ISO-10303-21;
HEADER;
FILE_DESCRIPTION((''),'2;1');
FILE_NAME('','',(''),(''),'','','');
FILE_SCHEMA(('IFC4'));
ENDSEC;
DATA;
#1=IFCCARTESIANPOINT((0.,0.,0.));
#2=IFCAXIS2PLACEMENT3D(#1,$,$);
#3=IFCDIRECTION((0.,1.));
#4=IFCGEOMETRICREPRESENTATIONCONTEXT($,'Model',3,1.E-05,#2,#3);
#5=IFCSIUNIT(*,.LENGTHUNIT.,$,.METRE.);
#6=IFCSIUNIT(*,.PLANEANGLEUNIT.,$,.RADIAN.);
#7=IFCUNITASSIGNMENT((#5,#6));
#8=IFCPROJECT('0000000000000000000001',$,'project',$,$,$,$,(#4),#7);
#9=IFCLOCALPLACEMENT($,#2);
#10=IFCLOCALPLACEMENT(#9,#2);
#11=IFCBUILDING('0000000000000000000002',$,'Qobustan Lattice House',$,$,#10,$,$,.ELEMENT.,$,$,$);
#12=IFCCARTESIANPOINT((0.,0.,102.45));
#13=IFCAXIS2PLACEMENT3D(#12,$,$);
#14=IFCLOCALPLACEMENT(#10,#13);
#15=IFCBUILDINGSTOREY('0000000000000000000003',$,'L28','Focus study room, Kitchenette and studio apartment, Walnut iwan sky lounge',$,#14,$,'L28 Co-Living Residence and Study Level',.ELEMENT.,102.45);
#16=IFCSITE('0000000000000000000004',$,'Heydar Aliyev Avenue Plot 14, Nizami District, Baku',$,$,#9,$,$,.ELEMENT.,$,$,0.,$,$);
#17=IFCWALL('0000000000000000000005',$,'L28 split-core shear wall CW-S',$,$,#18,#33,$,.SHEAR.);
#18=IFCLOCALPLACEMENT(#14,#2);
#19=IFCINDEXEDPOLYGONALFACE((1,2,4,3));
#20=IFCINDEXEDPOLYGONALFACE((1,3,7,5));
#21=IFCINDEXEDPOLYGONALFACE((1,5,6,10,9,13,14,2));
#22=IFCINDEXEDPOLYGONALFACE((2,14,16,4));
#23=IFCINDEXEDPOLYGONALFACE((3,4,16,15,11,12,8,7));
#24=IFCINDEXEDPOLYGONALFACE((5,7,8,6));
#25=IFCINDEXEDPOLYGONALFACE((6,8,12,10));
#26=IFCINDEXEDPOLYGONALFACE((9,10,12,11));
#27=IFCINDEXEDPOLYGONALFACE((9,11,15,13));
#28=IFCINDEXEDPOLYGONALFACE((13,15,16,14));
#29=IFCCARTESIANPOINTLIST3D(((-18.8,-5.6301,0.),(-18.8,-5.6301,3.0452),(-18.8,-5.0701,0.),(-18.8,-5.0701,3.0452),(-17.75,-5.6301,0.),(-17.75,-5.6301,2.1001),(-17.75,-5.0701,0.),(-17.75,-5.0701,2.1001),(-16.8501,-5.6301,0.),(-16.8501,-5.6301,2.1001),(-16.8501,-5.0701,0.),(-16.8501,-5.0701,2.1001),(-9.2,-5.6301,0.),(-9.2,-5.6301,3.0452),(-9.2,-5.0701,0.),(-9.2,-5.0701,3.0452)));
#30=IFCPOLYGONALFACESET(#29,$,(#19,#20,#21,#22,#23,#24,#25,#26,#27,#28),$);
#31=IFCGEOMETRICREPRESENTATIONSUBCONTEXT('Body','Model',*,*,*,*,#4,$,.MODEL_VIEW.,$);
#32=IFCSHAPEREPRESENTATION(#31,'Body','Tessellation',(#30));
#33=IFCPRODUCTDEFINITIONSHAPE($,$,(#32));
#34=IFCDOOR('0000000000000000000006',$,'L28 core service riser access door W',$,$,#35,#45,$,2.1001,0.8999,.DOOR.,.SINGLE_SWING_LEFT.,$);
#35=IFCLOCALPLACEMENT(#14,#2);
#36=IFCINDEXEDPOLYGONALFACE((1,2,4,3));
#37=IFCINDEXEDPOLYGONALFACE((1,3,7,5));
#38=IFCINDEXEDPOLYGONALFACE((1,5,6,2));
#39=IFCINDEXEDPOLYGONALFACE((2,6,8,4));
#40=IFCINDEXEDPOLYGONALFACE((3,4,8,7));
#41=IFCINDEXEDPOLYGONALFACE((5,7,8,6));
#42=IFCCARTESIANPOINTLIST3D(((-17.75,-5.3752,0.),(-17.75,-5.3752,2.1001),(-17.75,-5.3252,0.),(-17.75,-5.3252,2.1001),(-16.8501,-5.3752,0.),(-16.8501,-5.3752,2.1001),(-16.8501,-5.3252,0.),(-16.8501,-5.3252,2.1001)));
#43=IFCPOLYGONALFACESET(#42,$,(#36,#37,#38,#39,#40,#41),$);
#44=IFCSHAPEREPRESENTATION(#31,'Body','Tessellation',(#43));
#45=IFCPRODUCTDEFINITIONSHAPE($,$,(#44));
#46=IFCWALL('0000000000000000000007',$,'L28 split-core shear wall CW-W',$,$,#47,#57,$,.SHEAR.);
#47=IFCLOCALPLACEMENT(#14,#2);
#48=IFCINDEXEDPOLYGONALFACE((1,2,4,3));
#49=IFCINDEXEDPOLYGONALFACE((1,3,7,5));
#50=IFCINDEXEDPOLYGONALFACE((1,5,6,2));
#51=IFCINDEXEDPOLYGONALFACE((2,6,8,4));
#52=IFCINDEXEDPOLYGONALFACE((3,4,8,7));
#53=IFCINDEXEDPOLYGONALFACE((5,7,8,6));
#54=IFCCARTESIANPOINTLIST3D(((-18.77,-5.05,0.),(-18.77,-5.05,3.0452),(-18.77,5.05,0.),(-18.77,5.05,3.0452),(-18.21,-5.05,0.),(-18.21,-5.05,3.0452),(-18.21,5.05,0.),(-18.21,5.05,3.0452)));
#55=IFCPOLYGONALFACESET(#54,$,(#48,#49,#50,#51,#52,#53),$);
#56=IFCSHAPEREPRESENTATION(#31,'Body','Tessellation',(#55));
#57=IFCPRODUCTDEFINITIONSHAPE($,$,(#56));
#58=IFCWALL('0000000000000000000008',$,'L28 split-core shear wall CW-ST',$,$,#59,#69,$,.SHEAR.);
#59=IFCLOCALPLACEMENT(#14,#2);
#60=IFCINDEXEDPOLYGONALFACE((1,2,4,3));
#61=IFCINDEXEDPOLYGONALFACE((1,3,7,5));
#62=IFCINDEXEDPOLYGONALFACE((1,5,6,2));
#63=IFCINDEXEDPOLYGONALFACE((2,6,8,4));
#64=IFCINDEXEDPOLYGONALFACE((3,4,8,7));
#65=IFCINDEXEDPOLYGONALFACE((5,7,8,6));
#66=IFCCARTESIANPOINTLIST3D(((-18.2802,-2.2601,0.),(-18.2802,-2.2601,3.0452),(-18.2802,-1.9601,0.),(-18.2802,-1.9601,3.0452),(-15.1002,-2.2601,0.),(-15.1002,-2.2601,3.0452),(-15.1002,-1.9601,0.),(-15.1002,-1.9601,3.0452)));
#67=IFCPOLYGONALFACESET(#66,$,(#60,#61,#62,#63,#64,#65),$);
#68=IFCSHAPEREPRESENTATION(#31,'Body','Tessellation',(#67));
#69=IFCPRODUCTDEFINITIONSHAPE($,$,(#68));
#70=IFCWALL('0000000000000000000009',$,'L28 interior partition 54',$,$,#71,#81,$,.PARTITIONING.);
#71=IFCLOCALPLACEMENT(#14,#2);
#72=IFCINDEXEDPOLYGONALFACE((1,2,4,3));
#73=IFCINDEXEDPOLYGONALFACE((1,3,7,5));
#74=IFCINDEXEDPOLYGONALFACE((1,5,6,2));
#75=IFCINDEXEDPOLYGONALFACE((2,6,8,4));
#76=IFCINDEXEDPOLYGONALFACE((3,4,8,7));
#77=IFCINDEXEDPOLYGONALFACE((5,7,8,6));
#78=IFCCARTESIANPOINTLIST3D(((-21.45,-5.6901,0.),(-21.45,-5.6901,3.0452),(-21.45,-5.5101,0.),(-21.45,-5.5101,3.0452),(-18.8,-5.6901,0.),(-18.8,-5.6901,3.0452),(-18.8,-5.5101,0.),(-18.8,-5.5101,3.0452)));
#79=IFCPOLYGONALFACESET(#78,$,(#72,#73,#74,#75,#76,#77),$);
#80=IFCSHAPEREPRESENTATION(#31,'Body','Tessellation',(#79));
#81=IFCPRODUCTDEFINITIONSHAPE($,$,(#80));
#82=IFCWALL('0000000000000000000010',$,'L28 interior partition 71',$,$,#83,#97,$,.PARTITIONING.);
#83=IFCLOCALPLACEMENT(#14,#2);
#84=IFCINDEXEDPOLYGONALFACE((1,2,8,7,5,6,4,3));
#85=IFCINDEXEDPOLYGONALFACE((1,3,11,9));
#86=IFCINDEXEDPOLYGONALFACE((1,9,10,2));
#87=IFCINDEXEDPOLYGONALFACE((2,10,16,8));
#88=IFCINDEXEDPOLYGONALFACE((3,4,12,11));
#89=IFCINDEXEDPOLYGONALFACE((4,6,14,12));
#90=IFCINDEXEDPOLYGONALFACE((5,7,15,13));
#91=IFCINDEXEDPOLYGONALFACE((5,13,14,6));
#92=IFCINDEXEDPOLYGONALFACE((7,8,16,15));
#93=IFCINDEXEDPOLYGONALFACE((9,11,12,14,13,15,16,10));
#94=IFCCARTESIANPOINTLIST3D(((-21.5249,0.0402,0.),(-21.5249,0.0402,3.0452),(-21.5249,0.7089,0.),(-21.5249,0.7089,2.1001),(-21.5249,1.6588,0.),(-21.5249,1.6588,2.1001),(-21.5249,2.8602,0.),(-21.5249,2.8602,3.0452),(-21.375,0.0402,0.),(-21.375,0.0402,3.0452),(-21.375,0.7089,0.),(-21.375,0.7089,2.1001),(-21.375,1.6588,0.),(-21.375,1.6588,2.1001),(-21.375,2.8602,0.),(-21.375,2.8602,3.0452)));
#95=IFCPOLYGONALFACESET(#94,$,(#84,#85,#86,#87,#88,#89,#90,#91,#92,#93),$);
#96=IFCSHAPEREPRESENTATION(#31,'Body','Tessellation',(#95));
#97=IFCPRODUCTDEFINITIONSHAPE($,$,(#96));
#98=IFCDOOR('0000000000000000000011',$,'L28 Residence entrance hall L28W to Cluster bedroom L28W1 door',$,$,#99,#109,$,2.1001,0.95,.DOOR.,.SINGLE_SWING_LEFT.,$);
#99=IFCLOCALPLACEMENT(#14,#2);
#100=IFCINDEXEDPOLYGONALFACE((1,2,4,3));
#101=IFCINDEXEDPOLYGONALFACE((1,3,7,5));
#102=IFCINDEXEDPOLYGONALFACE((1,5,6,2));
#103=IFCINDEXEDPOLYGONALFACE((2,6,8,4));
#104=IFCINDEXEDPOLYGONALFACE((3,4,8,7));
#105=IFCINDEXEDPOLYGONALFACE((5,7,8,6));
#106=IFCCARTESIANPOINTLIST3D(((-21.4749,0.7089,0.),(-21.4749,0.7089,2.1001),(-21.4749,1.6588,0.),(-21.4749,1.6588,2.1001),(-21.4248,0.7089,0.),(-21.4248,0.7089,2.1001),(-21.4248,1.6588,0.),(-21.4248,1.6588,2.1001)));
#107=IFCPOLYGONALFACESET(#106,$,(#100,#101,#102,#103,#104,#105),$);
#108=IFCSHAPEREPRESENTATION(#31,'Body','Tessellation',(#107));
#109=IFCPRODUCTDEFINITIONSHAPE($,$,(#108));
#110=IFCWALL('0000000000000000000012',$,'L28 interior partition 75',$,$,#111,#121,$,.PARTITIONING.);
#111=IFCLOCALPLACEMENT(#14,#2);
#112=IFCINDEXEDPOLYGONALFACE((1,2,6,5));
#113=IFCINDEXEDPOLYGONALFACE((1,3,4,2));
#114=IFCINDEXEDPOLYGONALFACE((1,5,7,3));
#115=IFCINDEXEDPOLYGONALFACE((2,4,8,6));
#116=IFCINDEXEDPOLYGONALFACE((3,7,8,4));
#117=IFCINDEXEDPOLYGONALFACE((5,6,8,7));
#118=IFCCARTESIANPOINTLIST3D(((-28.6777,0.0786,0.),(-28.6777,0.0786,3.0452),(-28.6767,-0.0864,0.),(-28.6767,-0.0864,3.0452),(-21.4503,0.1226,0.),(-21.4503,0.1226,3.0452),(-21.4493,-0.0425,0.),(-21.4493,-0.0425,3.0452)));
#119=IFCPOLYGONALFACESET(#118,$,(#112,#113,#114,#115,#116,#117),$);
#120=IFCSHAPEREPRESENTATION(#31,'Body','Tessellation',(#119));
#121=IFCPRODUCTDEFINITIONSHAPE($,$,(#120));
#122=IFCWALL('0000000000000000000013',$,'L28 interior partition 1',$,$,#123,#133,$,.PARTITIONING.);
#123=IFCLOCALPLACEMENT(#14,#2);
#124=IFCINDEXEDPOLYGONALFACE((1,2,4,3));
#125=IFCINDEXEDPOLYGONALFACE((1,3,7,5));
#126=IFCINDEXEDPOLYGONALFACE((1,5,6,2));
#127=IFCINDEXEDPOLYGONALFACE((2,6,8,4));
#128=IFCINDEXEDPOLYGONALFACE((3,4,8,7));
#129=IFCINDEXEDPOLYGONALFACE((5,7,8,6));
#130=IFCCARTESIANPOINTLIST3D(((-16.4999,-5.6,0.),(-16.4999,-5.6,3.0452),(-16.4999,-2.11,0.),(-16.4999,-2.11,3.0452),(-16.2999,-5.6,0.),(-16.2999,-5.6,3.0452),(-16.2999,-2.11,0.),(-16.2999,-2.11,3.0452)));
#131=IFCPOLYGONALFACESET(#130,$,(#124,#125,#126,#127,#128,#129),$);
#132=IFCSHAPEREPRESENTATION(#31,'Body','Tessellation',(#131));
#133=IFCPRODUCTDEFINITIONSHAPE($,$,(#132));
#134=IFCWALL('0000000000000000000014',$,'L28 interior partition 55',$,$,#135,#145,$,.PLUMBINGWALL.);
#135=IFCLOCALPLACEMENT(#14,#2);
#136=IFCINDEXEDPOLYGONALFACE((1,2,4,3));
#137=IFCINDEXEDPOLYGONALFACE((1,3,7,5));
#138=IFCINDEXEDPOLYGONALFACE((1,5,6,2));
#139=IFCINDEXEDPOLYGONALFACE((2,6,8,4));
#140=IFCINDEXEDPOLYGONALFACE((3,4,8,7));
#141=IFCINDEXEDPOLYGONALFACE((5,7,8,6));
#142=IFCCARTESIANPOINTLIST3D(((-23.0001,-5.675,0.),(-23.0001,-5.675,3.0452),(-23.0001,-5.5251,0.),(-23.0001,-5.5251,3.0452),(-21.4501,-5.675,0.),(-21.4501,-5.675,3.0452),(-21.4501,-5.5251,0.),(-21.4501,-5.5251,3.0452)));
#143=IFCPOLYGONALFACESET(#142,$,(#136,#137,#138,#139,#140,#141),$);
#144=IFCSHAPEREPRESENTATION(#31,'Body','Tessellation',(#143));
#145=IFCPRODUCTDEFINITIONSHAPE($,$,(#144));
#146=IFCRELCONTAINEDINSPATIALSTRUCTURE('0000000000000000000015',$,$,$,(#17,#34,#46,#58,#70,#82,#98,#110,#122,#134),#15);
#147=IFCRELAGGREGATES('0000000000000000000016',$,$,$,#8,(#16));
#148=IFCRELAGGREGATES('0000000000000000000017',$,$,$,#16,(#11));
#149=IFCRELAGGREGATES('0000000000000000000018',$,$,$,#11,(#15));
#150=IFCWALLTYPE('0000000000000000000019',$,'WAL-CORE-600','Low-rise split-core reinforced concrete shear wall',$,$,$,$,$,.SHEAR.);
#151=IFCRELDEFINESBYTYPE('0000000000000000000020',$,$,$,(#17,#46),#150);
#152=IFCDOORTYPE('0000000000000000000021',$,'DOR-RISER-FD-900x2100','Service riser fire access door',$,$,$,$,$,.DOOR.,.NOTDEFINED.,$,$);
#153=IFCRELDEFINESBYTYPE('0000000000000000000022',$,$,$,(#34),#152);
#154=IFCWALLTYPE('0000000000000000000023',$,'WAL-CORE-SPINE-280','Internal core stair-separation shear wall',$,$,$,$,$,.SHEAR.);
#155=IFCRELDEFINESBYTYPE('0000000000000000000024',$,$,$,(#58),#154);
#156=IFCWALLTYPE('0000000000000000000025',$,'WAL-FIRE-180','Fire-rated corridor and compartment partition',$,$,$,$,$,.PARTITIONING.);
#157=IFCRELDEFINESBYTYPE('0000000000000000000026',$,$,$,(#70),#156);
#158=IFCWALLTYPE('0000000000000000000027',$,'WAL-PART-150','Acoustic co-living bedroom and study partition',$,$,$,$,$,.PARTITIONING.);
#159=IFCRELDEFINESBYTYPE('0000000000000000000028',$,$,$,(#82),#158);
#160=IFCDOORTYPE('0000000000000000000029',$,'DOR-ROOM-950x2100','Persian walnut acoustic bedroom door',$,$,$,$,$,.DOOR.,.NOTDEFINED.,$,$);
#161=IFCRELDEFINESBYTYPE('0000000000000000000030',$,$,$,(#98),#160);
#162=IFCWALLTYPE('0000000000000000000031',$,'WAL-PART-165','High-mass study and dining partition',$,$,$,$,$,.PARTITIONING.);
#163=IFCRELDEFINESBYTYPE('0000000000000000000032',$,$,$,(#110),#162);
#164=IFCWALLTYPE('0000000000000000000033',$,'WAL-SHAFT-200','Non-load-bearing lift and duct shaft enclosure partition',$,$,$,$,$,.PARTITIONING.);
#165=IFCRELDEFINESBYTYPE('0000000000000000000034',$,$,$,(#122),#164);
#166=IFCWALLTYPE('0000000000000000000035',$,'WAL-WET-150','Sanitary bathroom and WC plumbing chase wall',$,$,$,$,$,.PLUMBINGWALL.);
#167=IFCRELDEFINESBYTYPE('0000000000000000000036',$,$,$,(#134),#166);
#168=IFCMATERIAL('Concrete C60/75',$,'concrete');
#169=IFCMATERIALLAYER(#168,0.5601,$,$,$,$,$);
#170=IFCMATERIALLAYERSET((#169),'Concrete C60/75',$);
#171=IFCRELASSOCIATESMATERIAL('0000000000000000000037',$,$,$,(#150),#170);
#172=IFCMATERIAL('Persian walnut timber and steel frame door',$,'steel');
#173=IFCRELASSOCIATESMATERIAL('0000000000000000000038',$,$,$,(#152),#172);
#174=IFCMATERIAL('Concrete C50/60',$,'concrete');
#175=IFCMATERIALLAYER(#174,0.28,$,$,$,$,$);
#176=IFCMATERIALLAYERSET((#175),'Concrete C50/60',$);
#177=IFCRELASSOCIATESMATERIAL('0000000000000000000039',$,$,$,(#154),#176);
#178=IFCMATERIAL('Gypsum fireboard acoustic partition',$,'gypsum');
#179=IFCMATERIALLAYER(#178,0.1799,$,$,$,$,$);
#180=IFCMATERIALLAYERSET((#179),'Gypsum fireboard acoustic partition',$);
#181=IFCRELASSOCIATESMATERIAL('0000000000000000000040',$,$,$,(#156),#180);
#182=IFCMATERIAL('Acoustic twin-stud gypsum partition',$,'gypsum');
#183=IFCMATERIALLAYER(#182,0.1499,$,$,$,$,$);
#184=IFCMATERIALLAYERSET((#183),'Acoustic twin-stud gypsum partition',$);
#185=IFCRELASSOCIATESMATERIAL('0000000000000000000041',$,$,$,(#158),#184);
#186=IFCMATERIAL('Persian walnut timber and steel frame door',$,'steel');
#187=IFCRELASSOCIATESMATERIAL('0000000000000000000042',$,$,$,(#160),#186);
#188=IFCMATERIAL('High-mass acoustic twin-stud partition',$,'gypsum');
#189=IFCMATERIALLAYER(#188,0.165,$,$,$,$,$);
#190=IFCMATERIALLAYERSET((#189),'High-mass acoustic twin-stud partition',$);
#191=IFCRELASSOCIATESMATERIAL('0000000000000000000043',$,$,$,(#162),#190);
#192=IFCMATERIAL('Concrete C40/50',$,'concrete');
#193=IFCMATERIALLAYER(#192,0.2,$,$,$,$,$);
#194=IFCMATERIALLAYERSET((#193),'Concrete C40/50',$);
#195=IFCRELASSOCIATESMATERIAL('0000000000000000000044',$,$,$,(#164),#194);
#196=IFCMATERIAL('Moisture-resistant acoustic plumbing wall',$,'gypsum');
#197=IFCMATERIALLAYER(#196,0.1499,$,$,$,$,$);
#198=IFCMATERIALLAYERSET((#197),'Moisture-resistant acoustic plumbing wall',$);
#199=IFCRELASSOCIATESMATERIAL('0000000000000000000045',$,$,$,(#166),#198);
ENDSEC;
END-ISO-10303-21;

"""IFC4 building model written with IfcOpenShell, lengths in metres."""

from ifc_helpers import new_model, si_unit, direction, frame, frame_2d, origin, place, context, subcontext, project, spatial, rectangle, extrude, material, layer, layer_set, type_object, element, fill, save


model = new_model("IFC4")

# Units and contexts
model_context = context("Model", 3, precision=1e-05, world=origin(), true_north=direction((0.0, 1.0)))
body_context = subcontext(model_context, "Body", "Model", "MODEL_VIEW")
ifc_project = project(units=[si_unit("LENGTHUNIT", "METRE"), si_unit("PLANEANGLEUNIT", "RADIAN")], contexts=[model_context])

# Site, building, storey
site_placement = place(None, origin())
site = spatial("IfcSite", under=ifc_project, at=site_placement, Name="Heydar Aliyev Avenue Plot 14, Nizami District, Baku", CompositionType="ELEMENT", RefElevation=0.0)
building_placement = place(site_placement, origin())
building = spatial("IfcBuilding", under=site, at=building_placement, Name="Qobustan Lattice House", CompositionType="ELEMENT")
storey_placement = place(building_placement, frame((0.0, 0.0, 102.45)))
storey = spatial("IfcBuildingStorey", under=building, at=storey_placement, Name="L28", Description="Focus study room, Kitchenette and studio apartment, Walnut iwan sky lounge", LongName="L28 Co-Living Residence and Study Level", CompositionType="ELEMENT", Elevation=102.45)

# Wall, opening, door
ifc_material_1 = material(Name="Concrete C60/75", Category="concrete")
ifc_layer_1 = layer(ifc_material_1, 0.5601)
ifc_layer_set_1 = layer_set([ifc_layer_1], Name="Concrete C60/75")
wall_type_1 = type_object("IfcWallType", Name="WAL-CORE-600", Description="Low-rise split-core reinforced concrete shear wall", PredefinedType="SHEAR", material=ifc_layer_set_1)
wall_1_placement = place(storey_placement, frame((-18.8, -5.3501, 0.0), z_axis=(0.0, 0.0, 1.0), x_axis=(1.0, 0.0, 0.0)))
wall_1 = element("IfcWall", 1, at=wall_1_placement, inside=storey, type_object=wall_type_1, Name="L28 split-core shear wall CW-S", PredefinedType="SHEAR", context=body_context, shape_type="SweptSolid", body=[
    extrude(rectangle(XDim=9.6001, YDim=0.5601, at=frame_2d((4.8, 0.0))), origin(), (0.0, 0.0, 1.0), 3.0452),
])
opening_1_placement = place(wall_1_placement, frame((1.05, 0.0, 0.0)))
opening_1 = element("IfcOpeningElement", 2, at=opening_1_placement, cuts=wall_1, PredefinedType="OPENING", context=body_context, shape_type="SweptSolid", body=[
    extrude(rectangle(XDim=0.8999, YDim=2.1001, at=frame_2d((0.45, 1.05))), frame((0.0, 0.29, 0.0), z_axis=(0.0, -1.0, 0.0), x_axis=(1.0, 0.0, 0.0)), (0.0, 0.0, 1.0), 0.5801),
])
ifc_material_2 = material(Name="Persian walnut timber and steel frame door", Category="steel")
door_type_1 = type_object("IfcDoorType", Name="DOR-RISER-FD-900x2100", Description="Service riser fire access door", OperationType="NOTDEFINED", PredefinedType="DOOR", material=ifc_material_2)
door_1_placement = place(opening_1_placement, origin())
door_1 = element("IfcDoor", 3, at=door_1_placement, inside=storey, type_object=door_type_1, Name="L28 core service riser access door W", OperationType="SINGLE_SWING_LEFT", OverallHeight=2.1001, OverallWidth=0.8999, PredefinedType="DOOR", context=body_context, shape_type="SweptSolid", body=[
    extrude(rectangle(XDim=0.8999, YDim=2.1001, at=frame_2d((0.45, 1.05))), frame((0.0, 0.0249, 0.0), z_axis=(0.0, -1.0, 0.0), x_axis=(1.0, 0.0, 0.0)), (0.0, 0.0, 1.0), 0.05),
])
fill(opening_1, door_1)

# Walls
wall_2_placement = place(storey_placement, frame((-18.49, -5.05, 0.0), z_axis=(0.0, 0.0, 1.0), x_axis=(0.0, 1.0, 0.0)))
element("IfcWall", 4, at=wall_2_placement, inside=storey, type_object=wall_type_1, Name="L28 split-core shear wall CW-W", PredefinedType="SHEAR", context=body_context, shape_type="SweptSolid", body=[
    extrude(rectangle(XDim=10.1001, YDim=0.5601, at=frame_2d((5.05, 0.0))), origin(), (0.0, 0.0, 1.0), 3.0452),
])
ifc_material_3 = material(Name="Concrete C50/60", Category="concrete")
ifc_layer_2 = layer(ifc_material_3, 0.28)
ifc_layer_set_2 = layer_set([ifc_layer_2], Name="Concrete C50/60")
wall_type_2 = type_object("IfcWallType", Name="WAL-CORE-SPINE-280", Description="Internal core stair-separation shear wall", PredefinedType="SHEAR", material=ifc_layer_set_2)
wall_3_placement = place(storey_placement, frame((-18.28, -2.1101, 0.0), z_axis=(0.0, 0.0, 1.0), x_axis=(1.0, 0.0, 0.0)))
element("IfcWall", 5, at=wall_3_placement, inside=storey, type_object=wall_type_2, Name="L28 split-core shear wall CW-ST", PredefinedType="SHEAR", context=body_context, shape_type="SweptSolid", body=[
    extrude(rectangle(XDim=3.1799, YDim=0.3, at=frame_2d((1.5898, 0.0))), origin(), (0.0, 0.0, 1.0), 3.0452),
])
ifc_material_4 = material(Name="Gypsum fireboard acoustic partition", Category="gypsum")
ifc_layer_3 = layer(ifc_material_4, 0.1799)
ifc_layer_set_3 = layer_set([ifc_layer_3], Name="Gypsum fireboard acoustic partition")
wall_type_3 = type_object("IfcWallType", Name="WAL-FIRE-180", Description="Fire-rated corridor and compartment partition", PredefinedType="PARTITIONING", material=ifc_layer_set_3)
wall_4_placement = place(storey_placement, frame((-21.45, -5.6001, 0.0), z_axis=(0.0, 0.0, 1.0), x_axis=(1.0, 0.0, 0.0)))
element("IfcWall", 6, at=wall_4_placement, inside=storey, type_object=wall_type_3, Name="L28 interior partition 54", PredefinedType="PARTITIONING", context=body_context, shape_type="SweptSolid", body=[
    extrude(rectangle(XDim=2.6499, YDim=0.1799, at=frame_2d((1.325, 0.0))), origin(), (0.0, 0.0, 1.0), 3.0452),
])

# Wall, opening, door
ifc_material_5 = material(Name="Acoustic twin-stud gypsum partition", Category="gypsum")
ifc_layer_4 = layer(ifc_material_5, 0.1499)
ifc_layer_set_4 = layer_set([ifc_layer_4], Name="Acoustic twin-stud gypsum partition")
wall_type_4 = type_object("IfcWallType", Name="WAL-PART-150", Description="Acoustic co-living bedroom and study partition", PredefinedType="PARTITIONING", material=ifc_layer_set_4)
wall_5_placement = place(storey_placement, frame((-21.45, 0.04, 0.0), z_axis=(0.0, 0.0, 1.0), x_axis=(0.0, 1.0, 0.0)))
wall_5 = element("IfcWall", 7, at=wall_5_placement, inside=storey, type_object=wall_type_4, Name="L28 interior partition 71", PredefinedType="PARTITIONING", context=body_context, shape_type="SweptSolid", body=[
    extrude(rectangle(XDim=2.8201, YDim=0.1499, at=frame_2d((1.4102, 0.0))), origin(), (0.0, 0.0, 1.0), 3.0452),
])
opening_2_placement = place(wall_5_placement, frame((0.6687, 0.0, 0.0)))
opening_2 = element("IfcOpeningElement", 8, at=opening_2_placement, cuts=wall_5, PredefinedType="OPENING", context=body_context, shape_type="SweptSolid", body=[
    extrude(rectangle(XDim=0.95, YDim=2.1001, at=frame_2d((0.4751, 1.05))), frame((0.0, 0.085, 0.0), z_axis=(0.0, -1.0, 0.0), x_axis=(1.0, 0.0, 0.0)), (0.0, 0.0, 1.0), 0.1699),
])
ifc_material_6 = material(Name="Persian walnut timber and steel frame door", Category="steel")
door_type_2 = type_object("IfcDoorType", Name="DOR-ROOM-950x2100", Description="Persian walnut acoustic bedroom door", OperationType="NOTDEFINED", PredefinedType="DOOR", material=ifc_material_6)
door_2_placement = place(opening_2_placement, origin())
door_2 = element("IfcDoor", 9, at=door_2_placement, inside=storey, type_object=door_type_2, Name="L28 Residence entrance hall L28W to Cluster bedroom L28W1 door", OperationType="SINGLE_SWING_LEFT", OverallHeight=2.1001, OverallWidth=0.95, PredefinedType="DOOR", context=body_context, shape_type="SweptSolid", body=[
    extrude(rectangle(XDim=0.95, YDim=2.1001, at=frame_2d((0.4751, 1.05))), frame((0.0, 0.0249, 0.0), z_axis=(0.0, -1.0, 0.0), x_axis=(1.0, 0.0, 0.0)), (0.0, 0.0, 1.0), 0.05),
])
fill(opening_2, door_2)
ifc_material_7 = material(Name="High-mass acoustic twin-stud partition", Category="gypsum")
ifc_layer_5 = layer(ifc_material_7, 0.165)
ifc_layer_set_5 = layer_set([ifc_layer_5], Name="High-mass acoustic twin-stud partition")
wall_type_5 = type_object("IfcWallType", Name="WAL-PART-165", Description="High-mass study and dining partition", PredefinedType="PARTITIONING", material=ifc_layer_set_5)

# Walls
wall_6_placement = place(storey_placement, frame((-28.6772, -0.0039, 0.0), z_axis=(0.0, 0.0, 1.0), x_axis=(0.999982, 0.00608, 0.0)))
element("IfcWall", 10, at=wall_6_placement, inside=storey, type_object=wall_type_5, Name="L28 interior partition 75", PredefinedType="PARTITIONING", context=body_context, shape_type="SweptSolid", body=[
    extrude(rectangle(XDim=7.2275, YDim=0.165, at=frame_2d((3.6138, 0.0))), origin(), (0.0, 0.0, 1.0), 3.0452),
])
ifc_material_8 = material(Name="Concrete C40/50", Category="concrete")
ifc_layer_6 = layer(ifc_material_8, 0.2)
ifc_layer_set_6 = layer_set([ifc_layer_6], Name="Concrete C40/50")
wall_type_6 = type_object("IfcWallType", Name="WAL-SHAFT-200", Description="Non-load-bearing lift and duct shaft enclosure partition", PredefinedType="PARTITIONING", material=ifc_layer_set_6)
wall_7_placement = place(storey_placement, frame((-16.3999, -5.6001, 0.0), z_axis=(0.0, 0.0, 1.0), x_axis=(0.0, 1.0, 0.0)))
element("IfcWall", 11, at=wall_7_placement, inside=storey, type_object=wall_type_6, Name="L28 interior partition 1", PredefinedType="PARTITIONING", context=body_context, shape_type="SweptSolid", body=[
    extrude(rectangle(XDim=3.49, YDim=0.2, at=frame_2d((1.7451, 0.0))), origin(), (0.0, 0.0, 1.0), 3.0452),
])
ifc_material_9 = material(Name="Moisture-resistant acoustic plumbing wall", Category="gypsum")
ifc_layer_7 = layer(ifc_material_9, 0.1499)
ifc_layer_set_7 = layer_set([ifc_layer_7], Name="Moisture-resistant acoustic plumbing wall")
wall_type_7 = type_object("IfcWallType", Name="WAL-WET-150", Description="Sanitary bathroom and WC plumbing chase wall", PredefinedType="PLUMBINGWALL", material=ifc_layer_set_7)
wall_8_placement = place(storey_placement, frame((-23.0, -5.6001, 0.0), z_axis=(0.0, 0.0, 1.0), x_axis=(1.0, 0.0, 0.0)))
element("IfcWall", 12, at=wall_8_placement, inside=storey, type_object=wall_type_7, Name="L28 interior partition 55", PredefinedType="PLUMBINGWALL", context=body_context, shape_type="SweptSolid", body=[
    extrude(rectangle(XDim=1.55, YDim=0.1499, at=frame_2d((0.7749, 0.0))), origin(), (0.0, 0.0, 1.0), 3.0452),
])

save(model, "model.ifc")
